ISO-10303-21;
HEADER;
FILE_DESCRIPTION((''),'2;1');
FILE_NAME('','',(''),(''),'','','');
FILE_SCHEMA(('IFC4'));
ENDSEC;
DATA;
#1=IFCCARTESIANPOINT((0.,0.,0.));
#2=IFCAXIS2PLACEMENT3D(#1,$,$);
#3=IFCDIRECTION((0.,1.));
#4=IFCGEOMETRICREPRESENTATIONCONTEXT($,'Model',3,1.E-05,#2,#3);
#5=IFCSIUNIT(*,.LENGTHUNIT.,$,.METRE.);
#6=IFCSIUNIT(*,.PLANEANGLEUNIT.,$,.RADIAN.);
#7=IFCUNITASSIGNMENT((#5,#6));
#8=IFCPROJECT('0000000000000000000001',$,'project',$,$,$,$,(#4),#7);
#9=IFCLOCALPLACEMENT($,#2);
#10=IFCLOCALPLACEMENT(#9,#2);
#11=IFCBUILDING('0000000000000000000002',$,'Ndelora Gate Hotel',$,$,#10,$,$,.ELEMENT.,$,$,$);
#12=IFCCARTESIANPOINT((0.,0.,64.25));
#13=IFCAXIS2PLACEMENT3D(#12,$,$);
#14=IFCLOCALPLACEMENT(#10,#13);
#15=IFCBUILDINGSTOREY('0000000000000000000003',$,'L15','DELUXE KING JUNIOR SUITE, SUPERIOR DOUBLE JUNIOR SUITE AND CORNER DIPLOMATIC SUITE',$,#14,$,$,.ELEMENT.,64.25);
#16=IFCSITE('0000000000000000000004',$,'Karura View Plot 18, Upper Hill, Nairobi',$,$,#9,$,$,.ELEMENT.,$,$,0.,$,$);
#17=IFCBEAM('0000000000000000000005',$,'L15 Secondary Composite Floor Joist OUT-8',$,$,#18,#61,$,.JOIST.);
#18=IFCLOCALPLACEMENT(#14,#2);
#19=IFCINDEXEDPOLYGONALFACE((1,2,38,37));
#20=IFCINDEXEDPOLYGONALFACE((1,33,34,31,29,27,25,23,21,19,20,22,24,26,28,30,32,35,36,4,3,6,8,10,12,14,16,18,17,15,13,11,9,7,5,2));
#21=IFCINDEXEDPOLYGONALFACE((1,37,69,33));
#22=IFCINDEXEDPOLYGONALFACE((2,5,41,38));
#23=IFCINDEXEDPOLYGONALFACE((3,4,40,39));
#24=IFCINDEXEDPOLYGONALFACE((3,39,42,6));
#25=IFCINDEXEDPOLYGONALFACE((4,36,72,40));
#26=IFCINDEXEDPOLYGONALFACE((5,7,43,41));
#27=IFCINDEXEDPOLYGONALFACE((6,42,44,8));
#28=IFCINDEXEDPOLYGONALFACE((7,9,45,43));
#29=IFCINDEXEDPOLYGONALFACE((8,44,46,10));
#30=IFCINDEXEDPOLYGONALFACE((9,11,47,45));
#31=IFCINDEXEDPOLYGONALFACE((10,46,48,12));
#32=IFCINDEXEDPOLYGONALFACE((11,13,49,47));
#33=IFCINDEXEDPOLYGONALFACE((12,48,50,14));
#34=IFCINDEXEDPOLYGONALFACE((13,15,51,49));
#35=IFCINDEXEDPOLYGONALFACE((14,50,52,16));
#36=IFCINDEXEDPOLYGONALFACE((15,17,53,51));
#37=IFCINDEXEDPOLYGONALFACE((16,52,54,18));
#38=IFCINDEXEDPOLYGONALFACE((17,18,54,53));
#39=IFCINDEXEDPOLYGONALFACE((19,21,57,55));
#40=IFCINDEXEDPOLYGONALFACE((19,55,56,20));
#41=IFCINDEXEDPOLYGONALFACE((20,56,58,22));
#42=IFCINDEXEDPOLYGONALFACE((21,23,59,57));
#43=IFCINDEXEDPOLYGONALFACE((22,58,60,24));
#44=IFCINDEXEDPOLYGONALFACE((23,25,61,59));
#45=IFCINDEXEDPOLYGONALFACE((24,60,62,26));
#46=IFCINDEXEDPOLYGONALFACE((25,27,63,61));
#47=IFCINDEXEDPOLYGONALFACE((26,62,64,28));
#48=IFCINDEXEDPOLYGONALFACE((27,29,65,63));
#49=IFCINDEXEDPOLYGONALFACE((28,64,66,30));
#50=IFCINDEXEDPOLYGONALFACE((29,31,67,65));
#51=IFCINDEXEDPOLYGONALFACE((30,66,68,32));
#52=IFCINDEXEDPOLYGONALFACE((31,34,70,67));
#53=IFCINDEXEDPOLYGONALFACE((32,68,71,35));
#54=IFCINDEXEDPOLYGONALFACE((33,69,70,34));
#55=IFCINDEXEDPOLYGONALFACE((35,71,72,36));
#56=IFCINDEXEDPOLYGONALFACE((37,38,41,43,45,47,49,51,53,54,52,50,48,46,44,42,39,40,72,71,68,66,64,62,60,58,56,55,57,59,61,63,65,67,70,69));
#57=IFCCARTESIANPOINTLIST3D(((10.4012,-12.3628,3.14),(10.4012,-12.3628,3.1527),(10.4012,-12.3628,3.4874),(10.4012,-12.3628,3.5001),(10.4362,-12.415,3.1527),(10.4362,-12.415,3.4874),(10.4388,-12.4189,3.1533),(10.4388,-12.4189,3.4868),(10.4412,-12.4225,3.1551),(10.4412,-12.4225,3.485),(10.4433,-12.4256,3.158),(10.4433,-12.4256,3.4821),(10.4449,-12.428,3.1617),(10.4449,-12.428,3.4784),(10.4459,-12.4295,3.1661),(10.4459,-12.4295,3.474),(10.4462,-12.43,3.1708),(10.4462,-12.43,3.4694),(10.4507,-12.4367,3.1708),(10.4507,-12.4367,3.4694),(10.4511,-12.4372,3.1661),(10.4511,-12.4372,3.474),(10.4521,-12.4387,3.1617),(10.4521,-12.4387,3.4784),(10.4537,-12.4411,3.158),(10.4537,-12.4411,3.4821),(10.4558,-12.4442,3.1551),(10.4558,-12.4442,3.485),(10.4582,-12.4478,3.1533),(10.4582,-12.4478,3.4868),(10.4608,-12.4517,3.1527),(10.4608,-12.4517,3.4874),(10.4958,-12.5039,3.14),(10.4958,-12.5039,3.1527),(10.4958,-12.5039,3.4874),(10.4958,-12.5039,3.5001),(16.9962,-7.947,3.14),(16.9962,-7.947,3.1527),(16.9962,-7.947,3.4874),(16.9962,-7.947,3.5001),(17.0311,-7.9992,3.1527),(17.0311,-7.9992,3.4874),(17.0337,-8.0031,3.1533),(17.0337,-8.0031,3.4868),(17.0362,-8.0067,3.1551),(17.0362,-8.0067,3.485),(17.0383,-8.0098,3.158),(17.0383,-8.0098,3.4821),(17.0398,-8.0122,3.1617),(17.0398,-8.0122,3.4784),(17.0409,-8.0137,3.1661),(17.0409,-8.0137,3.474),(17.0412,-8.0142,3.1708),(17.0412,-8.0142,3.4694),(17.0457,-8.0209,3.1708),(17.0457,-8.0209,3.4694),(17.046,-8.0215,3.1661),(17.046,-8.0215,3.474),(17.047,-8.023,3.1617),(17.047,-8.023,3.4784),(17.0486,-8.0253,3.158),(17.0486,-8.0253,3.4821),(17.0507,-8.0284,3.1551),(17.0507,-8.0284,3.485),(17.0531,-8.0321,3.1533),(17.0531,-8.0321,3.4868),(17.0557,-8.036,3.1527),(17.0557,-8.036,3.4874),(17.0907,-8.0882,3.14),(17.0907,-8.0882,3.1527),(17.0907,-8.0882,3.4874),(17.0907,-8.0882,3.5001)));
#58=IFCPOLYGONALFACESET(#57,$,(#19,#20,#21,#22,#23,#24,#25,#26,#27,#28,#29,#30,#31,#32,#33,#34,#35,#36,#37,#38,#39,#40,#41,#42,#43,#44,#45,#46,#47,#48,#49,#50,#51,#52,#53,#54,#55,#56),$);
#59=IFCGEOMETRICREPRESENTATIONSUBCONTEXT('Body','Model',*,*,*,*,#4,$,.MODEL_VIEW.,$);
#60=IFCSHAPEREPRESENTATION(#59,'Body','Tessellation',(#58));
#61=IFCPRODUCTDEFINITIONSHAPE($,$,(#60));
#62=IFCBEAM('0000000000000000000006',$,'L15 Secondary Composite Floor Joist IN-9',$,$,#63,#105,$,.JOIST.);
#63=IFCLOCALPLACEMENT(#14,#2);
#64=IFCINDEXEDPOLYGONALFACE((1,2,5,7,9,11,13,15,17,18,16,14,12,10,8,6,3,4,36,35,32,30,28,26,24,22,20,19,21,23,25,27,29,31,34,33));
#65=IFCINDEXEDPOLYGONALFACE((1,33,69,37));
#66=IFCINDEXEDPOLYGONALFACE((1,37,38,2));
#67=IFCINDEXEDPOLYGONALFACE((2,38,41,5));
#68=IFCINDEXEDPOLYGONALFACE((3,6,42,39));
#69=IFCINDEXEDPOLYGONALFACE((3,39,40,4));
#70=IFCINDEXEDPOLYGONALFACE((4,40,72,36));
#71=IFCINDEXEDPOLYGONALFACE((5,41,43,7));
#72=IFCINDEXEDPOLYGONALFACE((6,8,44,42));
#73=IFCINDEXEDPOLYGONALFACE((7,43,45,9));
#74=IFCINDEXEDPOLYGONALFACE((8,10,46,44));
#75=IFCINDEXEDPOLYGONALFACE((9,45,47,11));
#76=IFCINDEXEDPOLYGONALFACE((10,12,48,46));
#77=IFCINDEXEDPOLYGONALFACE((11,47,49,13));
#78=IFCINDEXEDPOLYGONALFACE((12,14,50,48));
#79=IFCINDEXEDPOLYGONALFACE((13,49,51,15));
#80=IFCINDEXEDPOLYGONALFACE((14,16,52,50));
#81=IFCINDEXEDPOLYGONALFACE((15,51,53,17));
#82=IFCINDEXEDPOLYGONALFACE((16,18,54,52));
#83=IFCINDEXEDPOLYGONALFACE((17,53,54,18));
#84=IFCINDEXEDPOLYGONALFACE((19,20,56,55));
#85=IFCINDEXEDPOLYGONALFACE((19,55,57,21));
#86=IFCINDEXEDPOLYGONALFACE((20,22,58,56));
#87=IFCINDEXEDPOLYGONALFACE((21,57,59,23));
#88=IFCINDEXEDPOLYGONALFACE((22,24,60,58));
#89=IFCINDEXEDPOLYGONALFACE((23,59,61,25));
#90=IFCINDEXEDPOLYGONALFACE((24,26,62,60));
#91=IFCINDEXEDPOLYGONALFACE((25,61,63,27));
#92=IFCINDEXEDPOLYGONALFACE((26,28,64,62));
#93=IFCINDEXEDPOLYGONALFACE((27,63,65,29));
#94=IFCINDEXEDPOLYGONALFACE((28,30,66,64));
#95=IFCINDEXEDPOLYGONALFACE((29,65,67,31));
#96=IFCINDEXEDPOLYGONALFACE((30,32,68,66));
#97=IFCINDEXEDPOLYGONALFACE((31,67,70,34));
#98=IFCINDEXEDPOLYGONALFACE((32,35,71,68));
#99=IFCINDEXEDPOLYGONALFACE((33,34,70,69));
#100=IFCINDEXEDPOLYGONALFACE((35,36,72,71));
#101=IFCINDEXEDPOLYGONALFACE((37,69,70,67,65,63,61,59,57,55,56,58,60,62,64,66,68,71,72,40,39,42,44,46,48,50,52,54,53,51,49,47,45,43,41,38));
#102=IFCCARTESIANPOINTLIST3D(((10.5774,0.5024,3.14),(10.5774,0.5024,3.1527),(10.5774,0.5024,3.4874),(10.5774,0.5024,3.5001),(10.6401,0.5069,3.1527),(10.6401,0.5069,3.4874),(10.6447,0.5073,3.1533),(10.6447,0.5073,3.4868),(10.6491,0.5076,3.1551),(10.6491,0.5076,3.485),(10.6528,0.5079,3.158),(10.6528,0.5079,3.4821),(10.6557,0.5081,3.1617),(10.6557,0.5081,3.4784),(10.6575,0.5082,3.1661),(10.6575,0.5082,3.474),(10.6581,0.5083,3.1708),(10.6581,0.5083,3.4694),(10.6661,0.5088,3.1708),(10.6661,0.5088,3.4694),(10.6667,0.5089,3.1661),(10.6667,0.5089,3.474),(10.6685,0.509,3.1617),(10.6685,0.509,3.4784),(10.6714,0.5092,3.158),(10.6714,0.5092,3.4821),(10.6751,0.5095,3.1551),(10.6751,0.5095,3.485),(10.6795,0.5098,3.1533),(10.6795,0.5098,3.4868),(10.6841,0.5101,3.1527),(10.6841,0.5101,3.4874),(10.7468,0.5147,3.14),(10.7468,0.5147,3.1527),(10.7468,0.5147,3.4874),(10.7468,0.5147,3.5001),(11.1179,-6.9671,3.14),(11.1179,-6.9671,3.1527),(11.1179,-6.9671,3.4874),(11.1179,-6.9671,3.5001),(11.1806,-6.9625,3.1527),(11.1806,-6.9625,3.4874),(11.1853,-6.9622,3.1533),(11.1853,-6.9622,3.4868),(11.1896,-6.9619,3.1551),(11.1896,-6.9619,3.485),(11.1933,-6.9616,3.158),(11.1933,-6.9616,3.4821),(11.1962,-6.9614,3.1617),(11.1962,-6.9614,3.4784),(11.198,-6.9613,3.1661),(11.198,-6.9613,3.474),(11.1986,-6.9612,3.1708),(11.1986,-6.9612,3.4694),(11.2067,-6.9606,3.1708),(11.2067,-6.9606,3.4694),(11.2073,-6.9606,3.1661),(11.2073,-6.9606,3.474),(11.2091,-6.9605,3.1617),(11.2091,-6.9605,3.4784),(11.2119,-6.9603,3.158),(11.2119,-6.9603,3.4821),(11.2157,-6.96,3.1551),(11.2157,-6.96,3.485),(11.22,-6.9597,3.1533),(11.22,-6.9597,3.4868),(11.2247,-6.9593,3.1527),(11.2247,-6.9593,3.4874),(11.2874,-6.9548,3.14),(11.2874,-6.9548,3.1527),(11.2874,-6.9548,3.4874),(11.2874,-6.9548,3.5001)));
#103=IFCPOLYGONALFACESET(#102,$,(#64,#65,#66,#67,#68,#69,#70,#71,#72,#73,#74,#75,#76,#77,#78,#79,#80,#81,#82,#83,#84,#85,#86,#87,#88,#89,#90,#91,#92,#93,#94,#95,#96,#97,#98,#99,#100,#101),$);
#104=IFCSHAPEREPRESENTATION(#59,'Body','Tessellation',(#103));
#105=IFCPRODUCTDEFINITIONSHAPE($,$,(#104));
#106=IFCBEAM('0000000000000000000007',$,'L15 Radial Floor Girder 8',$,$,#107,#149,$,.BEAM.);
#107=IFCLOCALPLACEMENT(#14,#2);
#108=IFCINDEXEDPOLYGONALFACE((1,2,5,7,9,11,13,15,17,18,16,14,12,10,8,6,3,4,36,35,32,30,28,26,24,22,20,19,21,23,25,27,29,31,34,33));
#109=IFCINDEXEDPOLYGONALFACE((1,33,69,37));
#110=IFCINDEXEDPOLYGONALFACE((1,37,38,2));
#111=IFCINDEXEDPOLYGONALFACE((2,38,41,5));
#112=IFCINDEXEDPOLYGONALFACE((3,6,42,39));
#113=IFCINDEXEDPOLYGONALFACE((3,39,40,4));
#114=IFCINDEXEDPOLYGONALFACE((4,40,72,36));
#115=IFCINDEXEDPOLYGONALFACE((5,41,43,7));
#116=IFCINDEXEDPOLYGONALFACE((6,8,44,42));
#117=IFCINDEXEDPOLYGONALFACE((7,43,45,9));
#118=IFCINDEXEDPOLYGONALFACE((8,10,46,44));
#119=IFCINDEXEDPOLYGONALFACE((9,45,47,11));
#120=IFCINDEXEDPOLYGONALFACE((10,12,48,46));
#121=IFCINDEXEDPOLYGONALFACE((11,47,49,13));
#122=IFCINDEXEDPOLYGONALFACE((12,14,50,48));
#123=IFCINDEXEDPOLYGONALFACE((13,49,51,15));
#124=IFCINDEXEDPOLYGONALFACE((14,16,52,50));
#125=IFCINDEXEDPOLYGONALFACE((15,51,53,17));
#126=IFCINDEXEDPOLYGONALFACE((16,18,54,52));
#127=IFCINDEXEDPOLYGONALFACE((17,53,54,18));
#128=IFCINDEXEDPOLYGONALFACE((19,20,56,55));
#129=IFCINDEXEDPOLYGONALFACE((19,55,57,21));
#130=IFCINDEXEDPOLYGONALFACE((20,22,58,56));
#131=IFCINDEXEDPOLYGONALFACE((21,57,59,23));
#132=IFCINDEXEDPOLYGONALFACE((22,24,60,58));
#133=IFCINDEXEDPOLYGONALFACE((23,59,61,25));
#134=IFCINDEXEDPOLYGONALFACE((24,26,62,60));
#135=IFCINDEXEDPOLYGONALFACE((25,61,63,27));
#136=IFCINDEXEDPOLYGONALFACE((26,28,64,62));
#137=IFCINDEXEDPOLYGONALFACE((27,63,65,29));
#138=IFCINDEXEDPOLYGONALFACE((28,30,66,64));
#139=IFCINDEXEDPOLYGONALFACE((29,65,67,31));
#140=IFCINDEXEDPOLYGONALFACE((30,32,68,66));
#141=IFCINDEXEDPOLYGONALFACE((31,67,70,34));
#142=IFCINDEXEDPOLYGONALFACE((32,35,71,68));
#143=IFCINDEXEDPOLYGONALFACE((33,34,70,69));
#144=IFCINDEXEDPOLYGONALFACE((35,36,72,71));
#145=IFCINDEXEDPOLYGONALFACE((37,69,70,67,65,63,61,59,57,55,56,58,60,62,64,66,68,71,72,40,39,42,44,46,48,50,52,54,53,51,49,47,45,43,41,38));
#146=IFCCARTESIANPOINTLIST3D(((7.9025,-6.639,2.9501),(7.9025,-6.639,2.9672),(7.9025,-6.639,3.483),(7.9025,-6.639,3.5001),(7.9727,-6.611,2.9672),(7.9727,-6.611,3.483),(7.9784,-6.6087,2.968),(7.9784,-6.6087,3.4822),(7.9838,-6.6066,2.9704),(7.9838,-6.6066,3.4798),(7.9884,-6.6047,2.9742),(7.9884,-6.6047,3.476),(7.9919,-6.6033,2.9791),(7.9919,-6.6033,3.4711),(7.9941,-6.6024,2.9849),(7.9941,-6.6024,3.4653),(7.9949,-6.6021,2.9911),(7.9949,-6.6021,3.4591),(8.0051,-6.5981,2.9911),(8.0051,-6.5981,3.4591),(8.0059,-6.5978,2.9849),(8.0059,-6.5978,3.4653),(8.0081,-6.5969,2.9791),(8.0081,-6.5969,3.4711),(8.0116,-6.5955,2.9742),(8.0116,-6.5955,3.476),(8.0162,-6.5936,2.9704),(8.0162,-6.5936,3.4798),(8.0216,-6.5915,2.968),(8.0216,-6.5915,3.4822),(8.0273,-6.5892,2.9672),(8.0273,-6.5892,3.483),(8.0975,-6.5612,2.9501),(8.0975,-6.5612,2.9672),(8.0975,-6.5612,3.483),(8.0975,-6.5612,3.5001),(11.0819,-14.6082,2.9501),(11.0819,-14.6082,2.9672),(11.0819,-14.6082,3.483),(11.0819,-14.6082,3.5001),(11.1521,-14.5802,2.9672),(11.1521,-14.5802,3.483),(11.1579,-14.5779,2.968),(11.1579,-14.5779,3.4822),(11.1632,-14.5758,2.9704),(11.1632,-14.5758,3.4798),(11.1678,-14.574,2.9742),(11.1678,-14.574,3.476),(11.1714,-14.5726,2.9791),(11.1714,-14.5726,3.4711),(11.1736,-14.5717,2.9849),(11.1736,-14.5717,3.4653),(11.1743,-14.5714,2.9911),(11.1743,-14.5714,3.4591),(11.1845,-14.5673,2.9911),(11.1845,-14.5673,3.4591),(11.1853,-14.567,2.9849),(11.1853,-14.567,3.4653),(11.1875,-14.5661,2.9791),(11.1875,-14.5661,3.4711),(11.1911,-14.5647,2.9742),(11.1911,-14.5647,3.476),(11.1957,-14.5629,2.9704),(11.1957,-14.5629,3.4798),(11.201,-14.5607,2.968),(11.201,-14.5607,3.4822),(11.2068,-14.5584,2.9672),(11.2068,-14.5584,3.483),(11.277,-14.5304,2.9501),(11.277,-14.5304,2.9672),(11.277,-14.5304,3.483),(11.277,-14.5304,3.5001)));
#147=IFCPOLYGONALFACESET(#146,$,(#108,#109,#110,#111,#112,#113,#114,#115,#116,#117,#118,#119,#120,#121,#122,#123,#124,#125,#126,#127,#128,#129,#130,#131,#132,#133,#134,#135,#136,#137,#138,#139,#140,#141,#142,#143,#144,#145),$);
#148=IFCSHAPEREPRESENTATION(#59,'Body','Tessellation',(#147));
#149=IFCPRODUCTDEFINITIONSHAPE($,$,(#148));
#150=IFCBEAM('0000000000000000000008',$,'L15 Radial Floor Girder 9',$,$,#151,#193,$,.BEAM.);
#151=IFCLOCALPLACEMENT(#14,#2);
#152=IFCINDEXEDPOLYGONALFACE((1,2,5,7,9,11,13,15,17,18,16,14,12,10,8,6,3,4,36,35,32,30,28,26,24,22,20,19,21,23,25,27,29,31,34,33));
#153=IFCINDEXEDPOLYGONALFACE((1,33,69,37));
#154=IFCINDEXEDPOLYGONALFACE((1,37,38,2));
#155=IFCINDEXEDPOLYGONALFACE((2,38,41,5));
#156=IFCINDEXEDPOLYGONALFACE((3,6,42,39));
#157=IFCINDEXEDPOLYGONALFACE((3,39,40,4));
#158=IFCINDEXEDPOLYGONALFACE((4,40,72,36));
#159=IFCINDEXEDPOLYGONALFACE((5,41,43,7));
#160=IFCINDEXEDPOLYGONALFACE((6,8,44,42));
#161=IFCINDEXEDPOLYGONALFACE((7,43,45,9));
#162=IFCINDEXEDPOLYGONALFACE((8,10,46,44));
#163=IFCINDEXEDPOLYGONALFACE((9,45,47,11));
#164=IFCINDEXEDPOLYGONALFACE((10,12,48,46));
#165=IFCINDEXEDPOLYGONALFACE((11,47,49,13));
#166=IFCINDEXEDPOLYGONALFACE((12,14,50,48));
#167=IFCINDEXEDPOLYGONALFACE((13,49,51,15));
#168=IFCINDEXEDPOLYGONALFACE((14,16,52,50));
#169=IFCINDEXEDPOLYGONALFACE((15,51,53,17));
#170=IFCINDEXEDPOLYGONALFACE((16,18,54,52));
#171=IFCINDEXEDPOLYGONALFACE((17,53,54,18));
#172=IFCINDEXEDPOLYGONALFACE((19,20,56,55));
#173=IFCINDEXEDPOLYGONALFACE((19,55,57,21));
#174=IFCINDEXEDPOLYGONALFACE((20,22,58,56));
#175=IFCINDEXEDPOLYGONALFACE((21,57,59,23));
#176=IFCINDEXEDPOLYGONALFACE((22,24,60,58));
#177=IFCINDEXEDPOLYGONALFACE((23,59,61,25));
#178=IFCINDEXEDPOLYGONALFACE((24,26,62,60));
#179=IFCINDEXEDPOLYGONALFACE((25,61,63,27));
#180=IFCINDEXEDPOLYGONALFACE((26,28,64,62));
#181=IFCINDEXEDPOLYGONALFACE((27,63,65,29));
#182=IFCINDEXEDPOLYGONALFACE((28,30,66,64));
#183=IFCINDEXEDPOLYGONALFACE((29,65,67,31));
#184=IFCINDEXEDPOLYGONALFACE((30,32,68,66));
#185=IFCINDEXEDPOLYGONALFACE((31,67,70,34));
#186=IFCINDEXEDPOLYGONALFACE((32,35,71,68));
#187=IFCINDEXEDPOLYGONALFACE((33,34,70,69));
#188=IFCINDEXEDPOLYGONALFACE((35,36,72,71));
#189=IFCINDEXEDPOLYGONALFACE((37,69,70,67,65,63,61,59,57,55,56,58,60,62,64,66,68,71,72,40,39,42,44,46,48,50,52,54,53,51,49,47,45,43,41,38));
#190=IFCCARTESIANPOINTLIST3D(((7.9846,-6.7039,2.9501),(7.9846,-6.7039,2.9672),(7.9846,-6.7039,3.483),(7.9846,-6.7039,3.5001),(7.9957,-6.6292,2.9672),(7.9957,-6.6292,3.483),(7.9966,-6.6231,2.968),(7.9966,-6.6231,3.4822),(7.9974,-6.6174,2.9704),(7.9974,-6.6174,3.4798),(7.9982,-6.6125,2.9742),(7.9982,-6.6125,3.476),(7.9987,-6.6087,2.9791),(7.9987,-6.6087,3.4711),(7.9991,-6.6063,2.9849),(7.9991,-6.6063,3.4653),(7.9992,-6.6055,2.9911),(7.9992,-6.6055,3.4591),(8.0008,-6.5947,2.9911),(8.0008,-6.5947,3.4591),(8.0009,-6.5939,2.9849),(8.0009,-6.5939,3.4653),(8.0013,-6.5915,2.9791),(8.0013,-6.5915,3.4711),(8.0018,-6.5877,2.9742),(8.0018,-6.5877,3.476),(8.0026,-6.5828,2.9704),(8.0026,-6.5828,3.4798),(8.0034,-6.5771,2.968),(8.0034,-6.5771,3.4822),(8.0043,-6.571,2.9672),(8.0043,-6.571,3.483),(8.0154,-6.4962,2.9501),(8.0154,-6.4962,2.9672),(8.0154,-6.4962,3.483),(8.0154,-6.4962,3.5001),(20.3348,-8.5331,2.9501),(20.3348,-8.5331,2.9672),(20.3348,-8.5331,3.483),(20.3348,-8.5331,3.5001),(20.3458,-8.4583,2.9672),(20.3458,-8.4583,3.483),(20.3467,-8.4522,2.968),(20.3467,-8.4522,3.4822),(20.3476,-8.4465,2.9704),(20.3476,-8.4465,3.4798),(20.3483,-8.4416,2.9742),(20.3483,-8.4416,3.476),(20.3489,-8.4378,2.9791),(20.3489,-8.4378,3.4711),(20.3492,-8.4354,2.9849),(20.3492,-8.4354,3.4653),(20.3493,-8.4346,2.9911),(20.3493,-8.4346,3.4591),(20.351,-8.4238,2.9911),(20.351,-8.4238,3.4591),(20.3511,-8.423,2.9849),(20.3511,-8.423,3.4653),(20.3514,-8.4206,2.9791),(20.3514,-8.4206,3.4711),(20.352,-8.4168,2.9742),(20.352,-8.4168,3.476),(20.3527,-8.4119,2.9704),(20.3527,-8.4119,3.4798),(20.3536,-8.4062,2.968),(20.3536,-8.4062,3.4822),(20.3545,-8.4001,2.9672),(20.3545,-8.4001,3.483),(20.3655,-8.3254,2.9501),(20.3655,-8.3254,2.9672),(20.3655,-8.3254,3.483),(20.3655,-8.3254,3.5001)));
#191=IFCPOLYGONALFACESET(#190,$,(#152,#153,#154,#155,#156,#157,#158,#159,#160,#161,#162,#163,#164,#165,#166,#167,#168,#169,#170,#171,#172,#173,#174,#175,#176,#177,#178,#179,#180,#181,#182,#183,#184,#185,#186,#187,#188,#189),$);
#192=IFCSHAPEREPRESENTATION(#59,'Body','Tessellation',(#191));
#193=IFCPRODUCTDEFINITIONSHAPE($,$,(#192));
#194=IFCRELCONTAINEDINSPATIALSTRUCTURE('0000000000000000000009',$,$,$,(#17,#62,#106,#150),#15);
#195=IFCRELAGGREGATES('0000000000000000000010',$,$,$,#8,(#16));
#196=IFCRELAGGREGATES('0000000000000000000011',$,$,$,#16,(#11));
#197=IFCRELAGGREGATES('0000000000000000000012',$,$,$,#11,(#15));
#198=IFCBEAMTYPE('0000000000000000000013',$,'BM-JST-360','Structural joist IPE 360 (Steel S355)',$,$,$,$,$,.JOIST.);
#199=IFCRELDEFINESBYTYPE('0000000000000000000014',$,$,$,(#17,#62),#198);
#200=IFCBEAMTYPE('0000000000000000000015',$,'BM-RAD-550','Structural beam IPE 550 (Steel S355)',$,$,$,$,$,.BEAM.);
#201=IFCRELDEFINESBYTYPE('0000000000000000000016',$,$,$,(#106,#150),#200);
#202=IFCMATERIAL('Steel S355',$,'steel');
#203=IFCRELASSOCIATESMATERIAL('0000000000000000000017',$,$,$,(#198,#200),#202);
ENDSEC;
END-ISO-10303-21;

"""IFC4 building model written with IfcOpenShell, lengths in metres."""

from ifc_helpers import new_model, si_unit, direction, frame, origin, origin_2d, place, context, subcontext, project, spatial, i_section, extrude, material, material_profile, profile_set, type_object, element, save


model = new_model("IFC4")

# Units and contexts
model_context = context("Model", 3, precision=1e-05, world=origin(), true_north=direction((0.0, 1.0)))
body_context = subcontext(model_context, "Body", "Model", "MODEL_VIEW")
ifc_project = project(units=[si_unit("LENGTHUNIT", "METRE"), si_unit("PLANEANGLEUNIT", "RADIAN")], contexts=[model_context])

# Site, building, storey
site_placement = place(None, origin())
site = spatial("IfcSite", under=ifc_project, at=site_placement, Name="Karura View Plot 18, Upper Hill, Nairobi", CompositionType="ELEMENT", RefElevation=0.0)
building_placement = place(site_placement, origin())
building = spatial("IfcBuilding", under=site, at=building_placement, Name="Ndelora Gate Hotel", CompositionType="ELEMENT")
storey_placement = place(building_placement, frame((0.0, 0.0, 64.25)))
storey = spatial("IfcBuildingStorey", under=building, at=storey_placement, Name="L15", Description="DELUXE KING JUNIOR SUITE, SUPERIOR DOUBLE JUNIOR SUITE AND CORNER DIPLOMATIC SUITE", CompositionType="ELEMENT", Elevation=64.25)

# Beams
ifc_material_1 = material(Name="Steel S355", Category="steel")
ifc_material_profile_1 = material_profile(ifc_material_1, i_section(OverallWidth=0.1699, OverallDepth=0.3601, WebThickness=0.0081, FlangeThickness=0.0127, FilletRadius=0.0181, at=origin_2d()), Name="IPE 360")
ifc_profile_set_1 = profile_set([ifc_material_profile_1], Name="Steel S355")
beam_type_1 = type_object("IfcBeamType", Name="BM-JST-360", Description="Structural joist IPE 360 (Steel S355)", PredefinedType="JOIST", material=ifc_profile_set_1)
beam_1_placement = place(storey_placement, frame((10.4485, -12.4333, 3.3201), z_axis=(0.830937, 0.556367, 0.0), x_axis=(-0.556367, 0.830937, 0.0)))
element("IfcBeam", 1, at=beam_1_placement, inside=storey, type_object=beam_type_1, Name="L15 Secondary Composite Floor Joist OUT-8", PredefinedType="JOIST", context=body_context, shape_type="SweptSolid", body=[
    extrude(i_section(OverallWidth=0.1699, OverallDepth=0.3601, WebThickness=0.0081, FlangeThickness=0.0127, FilletRadius=0.0181, at=origin_2d()), origin(), (0.0, 0.0, 1.0), 7.9368),
])
beam_2_placement = place(storey_placement, frame((11.2026, -6.9609, 3.3201), z_axis=(-0.072176, 0.997392, 0.0), x_axis=(-0.997392, -0.072176, 0.0)))
element("IfcBeam", 2, at=beam_2_placement, inside=storey, type_object=beam_type_1, Name="L15 Secondary Composite Floor Joist IN-9", PredefinedType="JOIST", context=body_context, shape_type="SweptSolid", body=[
    extrude(i_section(OverallWidth=0.1699, OverallDepth=0.3601, WebThickness=0.0081, FlangeThickness=0.0127, FilletRadius=0.0181, at=origin_2d()), origin(), (0.0, 0.0, 1.0), 7.489),
])
ifc_material_profile_2 = material_profile(ifc_material_1, i_section(OverallWidth=0.21, OverallDepth=0.55, WebThickness=0.011, FlangeThickness=0.0171, FilletRadius=0.0239, at=origin_2d()), Name="IPE 550")
ifc_profile_set_2 = profile_set([ifc_material_profile_2], Name="Steel S355")
beam_type_2 = type_object("IfcBeamType", Name="BM-RAD-550", Description="Structural beam IPE 550 (Steel S355)", PredefinedType="BEAM", material=ifc_profile_set_2)
beam_3_placement = place(storey_placement, frame((8.0, -6.6001, 3.2251), z_axis=(0.370561, -0.928808, 0.0), x_axis=(0.928808, 0.370561, 0.0)))
element("IfcBeam", 3, at=beam_3_placement, inside=storey, type_object=beam_type_2, Name="L15 Radial Floor Girder 8", PredefinedType="BEAM", context=body_context, shape_type="SweptSolid", body=[
    extrude(i_section(OverallWidth=0.21, OverallDepth=0.55, WebThickness=0.011, FlangeThickness=0.0171, FilletRadius=0.0239, at=origin_2d()), origin(), (0.0, 0.0, 1.0), 8.5801),
])
beam_4_placement = place(storey_placement, frame((8.0, -6.6001, 3.2251), z_axis=(0.98921, -0.146506, 0.0), x_axis=(0.146506, 0.98921, 0.0)))
element("IfcBeam", 4, at=beam_4_placement, inside=storey, type_object=beam_type_2, Name="L15 Radial Floor Girder 9", PredefinedType="BEAM", context=body_context, shape_type="SweptSolid", body=[
    extrude(i_section(OverallWidth=0.21, OverallDepth=0.55, WebThickness=0.011, FlangeThickness=0.0171, FilletRadius=0.0239, at=origin_2d()), origin(), (0.0, 0.0, 1.0), 12.4849),
])

save(model, "model.ifc")
